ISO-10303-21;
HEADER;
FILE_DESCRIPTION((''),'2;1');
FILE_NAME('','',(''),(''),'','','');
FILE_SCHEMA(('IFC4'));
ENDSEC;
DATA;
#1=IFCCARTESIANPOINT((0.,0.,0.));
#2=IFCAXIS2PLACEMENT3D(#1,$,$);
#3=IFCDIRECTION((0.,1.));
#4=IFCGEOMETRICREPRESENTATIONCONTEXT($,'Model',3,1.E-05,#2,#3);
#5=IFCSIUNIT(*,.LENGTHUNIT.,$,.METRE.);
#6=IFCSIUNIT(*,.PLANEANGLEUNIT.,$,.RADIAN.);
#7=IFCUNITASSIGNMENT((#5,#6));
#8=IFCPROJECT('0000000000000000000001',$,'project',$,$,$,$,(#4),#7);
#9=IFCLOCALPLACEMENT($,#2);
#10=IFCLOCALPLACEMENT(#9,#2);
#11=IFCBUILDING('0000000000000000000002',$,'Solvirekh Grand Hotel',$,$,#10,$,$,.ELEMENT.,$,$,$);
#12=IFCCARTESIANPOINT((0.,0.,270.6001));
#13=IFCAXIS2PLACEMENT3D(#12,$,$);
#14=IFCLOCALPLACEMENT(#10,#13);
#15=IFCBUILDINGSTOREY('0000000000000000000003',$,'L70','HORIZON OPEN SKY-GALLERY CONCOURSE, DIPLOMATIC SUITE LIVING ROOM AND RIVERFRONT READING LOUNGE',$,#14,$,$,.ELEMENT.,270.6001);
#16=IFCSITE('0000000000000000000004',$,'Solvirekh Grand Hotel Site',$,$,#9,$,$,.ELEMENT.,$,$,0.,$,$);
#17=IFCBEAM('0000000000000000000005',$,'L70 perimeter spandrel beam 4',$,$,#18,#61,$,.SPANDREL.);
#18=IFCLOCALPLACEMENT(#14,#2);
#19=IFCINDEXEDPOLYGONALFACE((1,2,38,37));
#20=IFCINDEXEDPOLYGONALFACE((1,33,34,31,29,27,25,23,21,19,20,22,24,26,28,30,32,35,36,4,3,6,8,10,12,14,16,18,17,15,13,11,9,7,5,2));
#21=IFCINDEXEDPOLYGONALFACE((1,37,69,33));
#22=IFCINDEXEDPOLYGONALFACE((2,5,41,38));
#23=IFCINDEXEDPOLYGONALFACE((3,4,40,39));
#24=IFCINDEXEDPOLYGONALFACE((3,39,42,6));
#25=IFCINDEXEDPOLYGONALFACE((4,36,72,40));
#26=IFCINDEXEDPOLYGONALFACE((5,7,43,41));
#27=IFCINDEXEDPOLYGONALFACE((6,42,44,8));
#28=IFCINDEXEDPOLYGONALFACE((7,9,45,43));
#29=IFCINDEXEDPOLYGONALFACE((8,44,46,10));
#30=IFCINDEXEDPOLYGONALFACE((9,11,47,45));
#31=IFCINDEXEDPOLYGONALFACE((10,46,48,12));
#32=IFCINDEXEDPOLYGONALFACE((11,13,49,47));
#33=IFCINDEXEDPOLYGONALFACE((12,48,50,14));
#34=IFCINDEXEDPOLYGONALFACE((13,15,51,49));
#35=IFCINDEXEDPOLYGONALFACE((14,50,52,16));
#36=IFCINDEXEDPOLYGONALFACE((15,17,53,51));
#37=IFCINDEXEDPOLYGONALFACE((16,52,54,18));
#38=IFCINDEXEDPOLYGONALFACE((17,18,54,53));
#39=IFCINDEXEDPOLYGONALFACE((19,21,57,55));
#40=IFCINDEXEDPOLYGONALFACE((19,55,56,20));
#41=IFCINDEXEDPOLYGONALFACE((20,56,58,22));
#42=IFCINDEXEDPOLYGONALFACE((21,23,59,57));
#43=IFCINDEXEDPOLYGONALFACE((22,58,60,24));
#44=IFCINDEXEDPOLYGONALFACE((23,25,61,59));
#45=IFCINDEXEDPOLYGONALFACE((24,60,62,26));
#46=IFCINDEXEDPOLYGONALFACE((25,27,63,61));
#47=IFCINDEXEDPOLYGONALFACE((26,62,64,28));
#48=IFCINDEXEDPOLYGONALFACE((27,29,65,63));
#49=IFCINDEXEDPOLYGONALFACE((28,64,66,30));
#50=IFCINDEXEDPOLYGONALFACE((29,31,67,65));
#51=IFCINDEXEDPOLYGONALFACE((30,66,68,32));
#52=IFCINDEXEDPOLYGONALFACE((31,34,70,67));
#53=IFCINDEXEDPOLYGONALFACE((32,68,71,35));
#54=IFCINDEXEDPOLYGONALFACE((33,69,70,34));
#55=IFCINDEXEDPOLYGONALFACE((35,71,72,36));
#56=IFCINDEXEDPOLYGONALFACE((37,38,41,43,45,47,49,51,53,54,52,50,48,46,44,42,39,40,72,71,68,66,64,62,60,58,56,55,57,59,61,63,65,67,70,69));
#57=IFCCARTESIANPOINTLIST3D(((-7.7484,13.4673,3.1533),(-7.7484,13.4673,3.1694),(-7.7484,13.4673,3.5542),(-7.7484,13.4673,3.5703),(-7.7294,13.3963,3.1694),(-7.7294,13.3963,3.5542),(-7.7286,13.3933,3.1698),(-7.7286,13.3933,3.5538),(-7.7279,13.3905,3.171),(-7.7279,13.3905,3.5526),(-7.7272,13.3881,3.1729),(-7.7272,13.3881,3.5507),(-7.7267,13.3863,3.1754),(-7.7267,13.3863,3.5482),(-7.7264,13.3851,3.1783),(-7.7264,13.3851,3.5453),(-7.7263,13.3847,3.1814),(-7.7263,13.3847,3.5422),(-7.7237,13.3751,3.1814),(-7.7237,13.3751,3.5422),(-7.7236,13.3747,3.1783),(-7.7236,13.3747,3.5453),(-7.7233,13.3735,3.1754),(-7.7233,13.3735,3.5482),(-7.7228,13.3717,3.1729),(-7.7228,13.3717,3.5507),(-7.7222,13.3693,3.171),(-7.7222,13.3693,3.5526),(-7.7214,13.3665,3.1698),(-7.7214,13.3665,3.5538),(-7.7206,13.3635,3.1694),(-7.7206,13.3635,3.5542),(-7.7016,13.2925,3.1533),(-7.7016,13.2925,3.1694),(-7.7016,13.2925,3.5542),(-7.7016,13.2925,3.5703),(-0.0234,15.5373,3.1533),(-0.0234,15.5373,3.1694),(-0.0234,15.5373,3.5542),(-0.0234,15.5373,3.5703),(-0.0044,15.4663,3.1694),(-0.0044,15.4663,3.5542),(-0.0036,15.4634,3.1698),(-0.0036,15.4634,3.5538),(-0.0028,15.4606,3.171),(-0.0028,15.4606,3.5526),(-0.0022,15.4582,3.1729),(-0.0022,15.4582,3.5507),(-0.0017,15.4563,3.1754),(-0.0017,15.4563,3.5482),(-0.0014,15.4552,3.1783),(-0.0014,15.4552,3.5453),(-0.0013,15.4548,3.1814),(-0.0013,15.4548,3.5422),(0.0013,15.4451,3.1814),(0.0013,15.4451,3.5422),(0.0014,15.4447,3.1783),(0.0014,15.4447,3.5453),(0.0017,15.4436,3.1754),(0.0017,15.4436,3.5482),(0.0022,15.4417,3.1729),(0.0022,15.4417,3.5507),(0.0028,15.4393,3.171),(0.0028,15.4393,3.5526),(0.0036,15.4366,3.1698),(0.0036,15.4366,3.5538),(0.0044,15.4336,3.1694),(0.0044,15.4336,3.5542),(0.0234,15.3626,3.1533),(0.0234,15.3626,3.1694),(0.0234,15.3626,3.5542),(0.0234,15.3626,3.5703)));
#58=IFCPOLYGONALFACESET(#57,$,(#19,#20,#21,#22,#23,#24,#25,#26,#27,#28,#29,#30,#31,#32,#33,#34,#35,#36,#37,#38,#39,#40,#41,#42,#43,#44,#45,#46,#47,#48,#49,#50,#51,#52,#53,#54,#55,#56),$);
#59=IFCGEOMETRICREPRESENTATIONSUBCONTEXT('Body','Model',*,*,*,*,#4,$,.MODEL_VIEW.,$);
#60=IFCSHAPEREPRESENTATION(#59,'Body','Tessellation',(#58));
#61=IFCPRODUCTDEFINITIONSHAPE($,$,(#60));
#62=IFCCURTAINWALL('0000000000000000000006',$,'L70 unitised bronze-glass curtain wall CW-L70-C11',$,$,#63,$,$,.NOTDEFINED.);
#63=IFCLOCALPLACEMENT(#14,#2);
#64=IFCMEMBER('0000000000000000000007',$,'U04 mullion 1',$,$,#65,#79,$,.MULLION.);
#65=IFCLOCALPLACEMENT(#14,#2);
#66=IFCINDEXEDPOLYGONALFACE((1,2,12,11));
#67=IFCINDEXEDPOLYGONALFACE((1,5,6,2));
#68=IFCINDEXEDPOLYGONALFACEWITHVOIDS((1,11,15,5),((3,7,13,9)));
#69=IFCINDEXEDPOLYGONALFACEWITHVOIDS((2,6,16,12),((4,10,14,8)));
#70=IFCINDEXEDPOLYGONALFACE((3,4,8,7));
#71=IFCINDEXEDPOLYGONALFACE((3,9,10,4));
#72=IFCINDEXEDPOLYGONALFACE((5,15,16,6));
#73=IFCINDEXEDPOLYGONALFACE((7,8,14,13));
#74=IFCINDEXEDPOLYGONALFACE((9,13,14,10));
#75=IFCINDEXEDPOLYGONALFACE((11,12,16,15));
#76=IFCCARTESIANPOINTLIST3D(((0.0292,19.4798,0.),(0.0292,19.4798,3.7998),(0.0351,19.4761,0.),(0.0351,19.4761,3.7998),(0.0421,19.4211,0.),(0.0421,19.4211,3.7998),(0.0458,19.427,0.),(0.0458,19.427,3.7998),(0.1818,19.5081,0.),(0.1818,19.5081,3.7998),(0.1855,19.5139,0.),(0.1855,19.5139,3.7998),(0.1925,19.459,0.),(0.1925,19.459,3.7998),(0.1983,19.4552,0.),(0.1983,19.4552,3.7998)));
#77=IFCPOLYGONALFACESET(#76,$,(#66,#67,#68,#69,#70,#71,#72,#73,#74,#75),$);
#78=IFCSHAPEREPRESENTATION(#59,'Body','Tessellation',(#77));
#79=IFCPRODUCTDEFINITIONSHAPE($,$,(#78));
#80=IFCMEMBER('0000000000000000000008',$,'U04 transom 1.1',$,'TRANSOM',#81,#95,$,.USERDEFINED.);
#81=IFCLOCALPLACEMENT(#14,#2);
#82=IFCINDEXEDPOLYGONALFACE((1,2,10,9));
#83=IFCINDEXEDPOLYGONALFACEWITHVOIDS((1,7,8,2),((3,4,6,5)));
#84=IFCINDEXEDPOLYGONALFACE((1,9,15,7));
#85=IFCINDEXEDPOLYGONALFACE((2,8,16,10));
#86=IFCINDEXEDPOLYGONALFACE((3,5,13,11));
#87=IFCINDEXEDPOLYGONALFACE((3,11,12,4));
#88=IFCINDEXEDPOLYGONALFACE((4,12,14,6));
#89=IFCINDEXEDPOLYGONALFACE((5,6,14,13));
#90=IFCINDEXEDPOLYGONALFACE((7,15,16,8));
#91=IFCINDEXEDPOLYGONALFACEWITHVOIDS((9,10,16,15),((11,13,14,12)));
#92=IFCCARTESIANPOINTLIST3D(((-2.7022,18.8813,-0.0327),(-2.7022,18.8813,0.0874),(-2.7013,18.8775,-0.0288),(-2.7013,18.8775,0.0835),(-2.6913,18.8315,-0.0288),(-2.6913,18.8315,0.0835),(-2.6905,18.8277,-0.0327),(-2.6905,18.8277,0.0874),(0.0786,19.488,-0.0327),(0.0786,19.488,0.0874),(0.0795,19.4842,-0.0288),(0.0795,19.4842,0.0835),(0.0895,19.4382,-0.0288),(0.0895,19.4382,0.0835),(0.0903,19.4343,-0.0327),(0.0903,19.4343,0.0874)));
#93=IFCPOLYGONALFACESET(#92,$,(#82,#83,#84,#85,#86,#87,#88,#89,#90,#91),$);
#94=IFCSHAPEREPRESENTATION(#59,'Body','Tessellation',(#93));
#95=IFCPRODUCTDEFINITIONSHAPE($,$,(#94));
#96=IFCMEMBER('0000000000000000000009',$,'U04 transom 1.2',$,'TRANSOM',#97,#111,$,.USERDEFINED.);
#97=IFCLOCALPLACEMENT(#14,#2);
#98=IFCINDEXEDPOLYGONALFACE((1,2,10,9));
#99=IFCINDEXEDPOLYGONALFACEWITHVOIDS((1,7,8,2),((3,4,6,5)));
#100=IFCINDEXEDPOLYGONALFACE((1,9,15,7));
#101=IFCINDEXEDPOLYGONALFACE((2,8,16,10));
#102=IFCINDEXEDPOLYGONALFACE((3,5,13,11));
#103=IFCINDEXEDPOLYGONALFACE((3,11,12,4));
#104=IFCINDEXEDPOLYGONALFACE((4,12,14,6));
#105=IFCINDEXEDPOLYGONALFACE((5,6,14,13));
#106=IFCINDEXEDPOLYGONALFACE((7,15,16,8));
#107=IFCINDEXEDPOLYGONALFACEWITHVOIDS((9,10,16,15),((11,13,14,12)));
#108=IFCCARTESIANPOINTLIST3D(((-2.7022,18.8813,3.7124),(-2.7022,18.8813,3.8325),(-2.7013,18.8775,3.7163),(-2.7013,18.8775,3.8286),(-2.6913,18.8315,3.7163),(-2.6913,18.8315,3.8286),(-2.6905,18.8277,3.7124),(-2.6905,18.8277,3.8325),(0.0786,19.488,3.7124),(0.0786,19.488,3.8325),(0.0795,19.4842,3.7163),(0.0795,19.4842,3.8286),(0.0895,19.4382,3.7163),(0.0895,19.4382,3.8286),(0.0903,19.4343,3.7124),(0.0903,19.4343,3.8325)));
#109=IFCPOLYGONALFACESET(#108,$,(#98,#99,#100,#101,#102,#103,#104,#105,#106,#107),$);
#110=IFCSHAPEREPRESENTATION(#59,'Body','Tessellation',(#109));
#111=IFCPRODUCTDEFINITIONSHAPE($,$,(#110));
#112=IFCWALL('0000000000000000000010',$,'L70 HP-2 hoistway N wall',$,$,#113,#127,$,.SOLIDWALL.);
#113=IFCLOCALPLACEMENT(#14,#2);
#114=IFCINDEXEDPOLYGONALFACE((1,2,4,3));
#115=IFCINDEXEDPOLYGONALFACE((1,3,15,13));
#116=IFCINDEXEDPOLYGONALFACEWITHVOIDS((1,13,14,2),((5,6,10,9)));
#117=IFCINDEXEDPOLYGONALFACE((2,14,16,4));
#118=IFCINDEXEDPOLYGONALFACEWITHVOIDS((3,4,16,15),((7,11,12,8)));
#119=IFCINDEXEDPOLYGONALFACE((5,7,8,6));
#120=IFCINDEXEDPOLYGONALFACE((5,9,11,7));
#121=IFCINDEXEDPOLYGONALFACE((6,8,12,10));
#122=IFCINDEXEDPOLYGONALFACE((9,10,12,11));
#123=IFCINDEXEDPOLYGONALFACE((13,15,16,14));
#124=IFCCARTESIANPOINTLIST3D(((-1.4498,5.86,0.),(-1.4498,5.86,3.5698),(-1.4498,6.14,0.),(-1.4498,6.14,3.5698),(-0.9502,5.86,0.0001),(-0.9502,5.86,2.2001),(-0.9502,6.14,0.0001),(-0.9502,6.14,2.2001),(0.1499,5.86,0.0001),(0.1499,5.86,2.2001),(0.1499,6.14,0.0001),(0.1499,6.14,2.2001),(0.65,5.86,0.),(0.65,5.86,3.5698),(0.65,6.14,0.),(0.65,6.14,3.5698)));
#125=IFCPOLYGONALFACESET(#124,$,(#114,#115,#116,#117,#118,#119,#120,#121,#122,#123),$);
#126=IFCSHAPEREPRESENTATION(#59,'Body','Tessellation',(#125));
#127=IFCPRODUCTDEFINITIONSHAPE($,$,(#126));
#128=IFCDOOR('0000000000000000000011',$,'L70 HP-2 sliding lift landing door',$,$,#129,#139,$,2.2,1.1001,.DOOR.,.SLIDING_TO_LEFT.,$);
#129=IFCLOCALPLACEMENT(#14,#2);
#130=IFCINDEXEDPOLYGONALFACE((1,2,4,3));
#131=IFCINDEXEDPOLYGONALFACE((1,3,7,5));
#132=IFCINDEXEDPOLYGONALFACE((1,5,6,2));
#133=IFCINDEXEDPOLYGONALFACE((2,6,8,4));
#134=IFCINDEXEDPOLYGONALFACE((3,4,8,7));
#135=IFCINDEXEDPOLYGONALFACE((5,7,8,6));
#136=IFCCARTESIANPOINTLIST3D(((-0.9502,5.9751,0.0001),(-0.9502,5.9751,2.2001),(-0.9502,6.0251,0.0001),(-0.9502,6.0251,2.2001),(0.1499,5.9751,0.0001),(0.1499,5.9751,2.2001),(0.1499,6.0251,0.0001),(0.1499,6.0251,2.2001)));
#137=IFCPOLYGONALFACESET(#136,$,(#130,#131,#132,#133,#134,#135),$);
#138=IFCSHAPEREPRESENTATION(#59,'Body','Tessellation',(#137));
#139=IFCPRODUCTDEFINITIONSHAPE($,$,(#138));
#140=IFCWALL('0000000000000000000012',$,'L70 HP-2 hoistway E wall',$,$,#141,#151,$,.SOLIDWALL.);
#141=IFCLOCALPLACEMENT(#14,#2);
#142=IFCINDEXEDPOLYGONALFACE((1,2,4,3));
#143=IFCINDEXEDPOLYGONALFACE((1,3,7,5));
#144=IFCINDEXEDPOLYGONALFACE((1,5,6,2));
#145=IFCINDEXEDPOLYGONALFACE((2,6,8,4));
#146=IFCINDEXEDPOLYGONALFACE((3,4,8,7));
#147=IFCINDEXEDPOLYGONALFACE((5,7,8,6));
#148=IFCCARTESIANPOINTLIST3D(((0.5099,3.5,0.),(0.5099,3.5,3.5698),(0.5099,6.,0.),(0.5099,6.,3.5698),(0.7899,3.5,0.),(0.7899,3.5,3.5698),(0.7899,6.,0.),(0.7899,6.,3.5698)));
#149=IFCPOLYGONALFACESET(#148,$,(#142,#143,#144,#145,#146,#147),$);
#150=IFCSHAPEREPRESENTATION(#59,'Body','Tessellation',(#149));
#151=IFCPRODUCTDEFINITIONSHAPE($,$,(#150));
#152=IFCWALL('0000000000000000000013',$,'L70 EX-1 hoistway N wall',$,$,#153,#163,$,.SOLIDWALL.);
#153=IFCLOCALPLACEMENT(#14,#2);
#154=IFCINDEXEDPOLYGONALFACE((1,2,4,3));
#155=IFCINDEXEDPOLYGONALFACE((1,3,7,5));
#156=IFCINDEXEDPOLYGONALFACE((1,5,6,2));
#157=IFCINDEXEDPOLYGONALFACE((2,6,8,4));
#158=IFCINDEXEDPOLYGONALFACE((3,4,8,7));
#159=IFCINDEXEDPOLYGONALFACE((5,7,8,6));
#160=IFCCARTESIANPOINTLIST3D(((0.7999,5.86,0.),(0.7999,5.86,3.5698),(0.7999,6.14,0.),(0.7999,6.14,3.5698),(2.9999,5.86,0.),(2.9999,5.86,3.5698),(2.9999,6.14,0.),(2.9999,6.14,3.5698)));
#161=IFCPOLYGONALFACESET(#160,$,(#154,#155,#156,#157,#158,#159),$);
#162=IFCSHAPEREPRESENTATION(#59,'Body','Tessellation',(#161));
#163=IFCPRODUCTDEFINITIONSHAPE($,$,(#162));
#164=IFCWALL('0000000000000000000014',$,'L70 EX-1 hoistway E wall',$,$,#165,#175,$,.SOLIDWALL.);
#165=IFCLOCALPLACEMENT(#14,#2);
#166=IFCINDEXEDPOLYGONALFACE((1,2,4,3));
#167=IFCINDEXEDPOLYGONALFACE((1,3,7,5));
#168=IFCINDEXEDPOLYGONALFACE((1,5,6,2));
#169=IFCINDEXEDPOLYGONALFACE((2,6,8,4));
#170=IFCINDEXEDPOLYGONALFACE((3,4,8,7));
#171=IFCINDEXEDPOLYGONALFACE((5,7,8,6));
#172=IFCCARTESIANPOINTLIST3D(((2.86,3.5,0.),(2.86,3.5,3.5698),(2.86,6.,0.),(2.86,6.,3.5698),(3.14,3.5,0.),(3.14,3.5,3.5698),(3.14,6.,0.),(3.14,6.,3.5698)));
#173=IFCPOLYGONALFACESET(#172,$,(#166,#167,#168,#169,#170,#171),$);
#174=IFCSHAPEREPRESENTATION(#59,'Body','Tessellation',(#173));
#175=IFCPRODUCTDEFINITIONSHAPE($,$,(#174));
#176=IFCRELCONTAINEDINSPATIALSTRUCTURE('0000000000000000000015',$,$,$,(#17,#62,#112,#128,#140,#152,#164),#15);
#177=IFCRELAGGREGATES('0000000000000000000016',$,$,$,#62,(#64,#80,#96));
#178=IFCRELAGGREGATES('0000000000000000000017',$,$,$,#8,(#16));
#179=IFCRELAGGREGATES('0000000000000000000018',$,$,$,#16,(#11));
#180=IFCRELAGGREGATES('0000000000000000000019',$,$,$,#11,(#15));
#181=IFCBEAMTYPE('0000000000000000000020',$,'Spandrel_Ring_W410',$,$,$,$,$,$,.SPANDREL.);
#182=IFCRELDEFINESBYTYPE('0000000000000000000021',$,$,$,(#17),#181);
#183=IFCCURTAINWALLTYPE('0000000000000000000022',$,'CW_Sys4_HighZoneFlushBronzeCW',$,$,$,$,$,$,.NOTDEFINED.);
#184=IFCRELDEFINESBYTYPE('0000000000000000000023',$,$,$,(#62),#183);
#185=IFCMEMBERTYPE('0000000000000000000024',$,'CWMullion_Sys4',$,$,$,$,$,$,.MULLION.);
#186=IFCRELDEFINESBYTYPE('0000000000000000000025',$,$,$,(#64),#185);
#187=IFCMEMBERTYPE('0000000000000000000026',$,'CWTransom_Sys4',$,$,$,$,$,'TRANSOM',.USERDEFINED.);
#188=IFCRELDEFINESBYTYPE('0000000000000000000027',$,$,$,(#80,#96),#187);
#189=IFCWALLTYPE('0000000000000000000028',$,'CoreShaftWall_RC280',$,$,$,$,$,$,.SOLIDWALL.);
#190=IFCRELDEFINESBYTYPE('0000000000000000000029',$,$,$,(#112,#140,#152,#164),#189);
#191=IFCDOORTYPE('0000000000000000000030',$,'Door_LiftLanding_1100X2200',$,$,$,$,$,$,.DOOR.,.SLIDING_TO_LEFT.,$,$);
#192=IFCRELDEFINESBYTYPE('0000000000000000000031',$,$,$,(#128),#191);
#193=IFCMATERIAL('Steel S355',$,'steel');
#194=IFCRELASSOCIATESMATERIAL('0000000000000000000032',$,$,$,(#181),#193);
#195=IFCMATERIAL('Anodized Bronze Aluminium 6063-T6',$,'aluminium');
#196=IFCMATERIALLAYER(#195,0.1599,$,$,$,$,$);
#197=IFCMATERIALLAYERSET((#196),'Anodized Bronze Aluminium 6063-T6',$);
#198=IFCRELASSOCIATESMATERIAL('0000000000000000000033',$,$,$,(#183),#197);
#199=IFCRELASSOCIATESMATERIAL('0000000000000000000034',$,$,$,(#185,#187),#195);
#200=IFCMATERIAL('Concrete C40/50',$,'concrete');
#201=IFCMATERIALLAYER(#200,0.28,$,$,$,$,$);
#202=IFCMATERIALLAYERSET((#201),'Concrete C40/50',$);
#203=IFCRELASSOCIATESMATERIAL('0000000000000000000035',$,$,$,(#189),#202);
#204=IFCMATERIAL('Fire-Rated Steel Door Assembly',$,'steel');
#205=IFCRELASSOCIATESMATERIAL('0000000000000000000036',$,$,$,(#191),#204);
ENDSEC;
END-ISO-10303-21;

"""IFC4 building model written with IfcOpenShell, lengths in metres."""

from ifc_helpers import new_model, si_unit, direction, frame, frame_2d, origin, origin_2d, place, context, subcontext, project, spatial, rectangle, hollow_rectangle, i_section, extrude, source, transform, mapped, material, layer, layer_set, material_profile, profile_set, type_object, element, fill, aggregate, save


model = new_model("IFC4")

# Units and contexts
model_context = context("Model", 3, precision=1e-05, world=origin(), true_north=direction((0.0, 1.0)))
body_context = subcontext(model_context, "Body", "Model", "MODEL_VIEW")
ifc_project = project(units=[si_unit("LENGTHUNIT", "METRE"), si_unit("PLANEANGLEUNIT", "RADIAN")], contexts=[model_context])

# Site, building, storey
site_placement = place(None, origin())
site = spatial("IfcSite", under=ifc_project, at=site_placement, Name="Solvirekh Grand Hotel Site", CompositionType="ELEMENT", RefElevation=0.0)
building_placement = place(site_placement, origin())
building = spatial("IfcBuilding", under=site, at=building_placement, Name="Solvirekh Grand Hotel", CompositionType="ELEMENT")
storey_placement = place(building_placement, frame((0.0, 0.0, 270.6001)))
storey = spatial("IfcBuildingStorey", under=building, at=storey_placement, Name="L70", Description="HORIZON OPEN SKY-GALLERY CONCOURSE, DIPLOMATIC SUITE LIVING ROOM AND RIVERFRONT READING LOUNGE", CompositionType="ELEMENT", Elevation=270.6001)

# Beam
ifc_material_1 = material(Name="Steel S355", Category="steel")
ifc_material_profile_1 = material_profile(ifc_material_1, i_section(OverallWidth=0.1809, OverallDepth=0.417, WebThickness=0.01, FlangeThickness=0.0161, FilletRadius=0.012, at=origin_2d()), Name="W410X85")
ifc_profile_set_1 = profile_set([ifc_material_profile_1], Name="Steel S355")
beam_type = type_object("IfcBeamType", Name="Spandrel_Ring_W410", PredefinedType="SPANDREL", material=ifc_profile_set_1)
beam_placement = place(storey_placement, frame((0.0, 15.45, 3.3618), z_axis=(-0.965922, -0.258835, 0.0), x_axis=(0.258835, -0.965922, 0.0)))
element("IfcBeam", 1, at=beam_placement, inside=storey, type_object=beam_type, Name="L70 perimeter spandrel beam 4", PredefinedType="SPANDREL", context=body_context, shape_type="SweptSolid", body=[
    extrude(i_section(OverallWidth=0.1809, OverallDepth=0.417, WebThickness=0.01, FlangeThickness=0.0161, FilletRadius=0.012, at=origin_2d()), origin(), (0.0, 0.0, 1.0), 7.9976),
])

# Curtain wall, members
ifc_material_2 = material(Name="Anodized Bronze Aluminium 6063-T6", Category="aluminium")
ifc_layer_1 = layer(ifc_material_2, 0.1599)
ifc_layer_set_1 = layer_set([ifc_layer_1], Name="Anodized Bronze Aluminium 6063-T6")
curtain_wall_type = type_object("IfcCurtainWallType", Name="CW_Sys4_HighZoneFlushBronzeCW", PredefinedType="NOTDEFINED", material=ifc_layer_set_1)
curtain_wall_placement = place(storey_placement, origin())
curtain_wall = element("IfcCurtainWall", 2, at=curtain_wall_placement, inside=storey, type_object=curtain_wall_type, Name="L70 unitised bronze-glass curtain wall CW-L70-C11", PredefinedType="NOTDEFINED")
ifc_material_profile_2 = material_profile(ifc_material_2, hollow_rectangle(XDim=0.0601, YDim=0.1599, WallThickness=0.0049, at=origin_2d()), Name="ALU RHS 160X60X5")
ifc_profile_set_2 = profile_set([ifc_material_profile_2], Name="Anodized Bronze Aluminium 6063-T6")
member_type_1 = type_object("IfcMemberType", Name="CWMullion_Sys4", PredefinedType="MULLION", material=ifc_profile_set_2)
shared_shape_1 = source(origin(), body_context, "Body", "SweptSolid", [
    extrude(hollow_rectangle(XDim=0.0601, YDim=0.1599, WallThickness=0.0049, at=origin_2d()), origin(), (0.0, 0.0, 1.0), 3.7998),
])
member_1_placement = place(storey_placement, frame((0.1138, 19.4675, 0.0), z_axis=(0.0, 0.0, 1.0), x_axis=(0.213214, -0.977005, 0.0)))
member_1 = element("IfcMember", 3, at=member_1_placement, type_object=member_type_1, Name="U04 mullion 1", PredefinedType="MULLION", context=body_context, shape_type="MappedRepresentation", body=[
    mapped(shared_shape_1, transform((0.0, 0.0, 0.0), x_axis=(1.0, 0.0, 0.0), y_axis=(0.0, 1.0, 0.0), z_axis=(0.0, 0.0, 1.0), scale=1.0)),
])
ifc_material_profile_3 = material_profile(ifc_material_2, hollow_rectangle(XDim=0.0549, YDim=0.1201, WallThickness=0.0039, at=origin_2d()), Name="ALU RHS 120X55X4")
ifc_profile_set_3 = profile_set([ifc_material_profile_3], Name="Anodized Bronze Aluminium 6063-T6")
member_type_2 = type_object("IfcMemberType", Name="CWTransom_Sys4", ElementType="TRANSOM", PredefinedType="USERDEFINED", material=ifc_profile_set_3)
shared_shape_2 = source(origin(), body_context, "Body", "SweptSolid", [
    extrude(hollow_rectangle(XDim=0.0549, YDim=0.1201, WallThickness=0.0039, at=origin_2d()), origin(), (0.0, 0.0, 1.0), 2.8462),
])
member_2_placement = place(storey_placement, frame((0.0845, 19.4612, 0.0273), z_axis=(-0.977017, -0.21316, 0.0), x_axis=(0.21316, -0.977017, 0.0)))
member_2 = element("IfcMember", 4, at=member_2_placement, type_object=member_type_2, Name="U04 transom 1.1", ObjectType="TRANSOM", PredefinedType="USERDEFINED", context=body_context, shape_type="MappedRepresentation", body=[
    mapped(shared_shape_2, transform((0.0, 0.0, 0.0), x_axis=(1.0, 0.0, 0.0), y_axis=(0.0, 1.0, 0.0), z_axis=(0.0, 0.0, 1.0), scale=1.0)),
])
member_3_placement = place(storey_placement, frame((0.0845, 19.4612, 3.7725), z_axis=(-0.977017, -0.21316, 0.0), x_axis=(0.21316, -0.977017, 0.0)))
member_3 = element("IfcMember", 5, at=member_3_placement, type_object=member_type_2, Name="U04 transom 1.2", ObjectType="TRANSOM", PredefinedType="USERDEFINED", context=body_context, shape_type="MappedRepresentation", body=[
    mapped(shared_shape_2, transform((0.0, 0.0, 0.0), x_axis=(1.0, 0.0, 0.0), y_axis=(0.0, 1.0, 0.0), z_axis=(0.0, 0.0, 1.0), scale=1.0)),
])
aggregate(curtain_wall, [member_1, member_2, member_3])

# Wall, opening, door
ifc_material_3 = material(Name="Concrete C40/50", Category="concrete")
ifc_layer_2 = layer(ifc_material_3, 0.28)
ifc_layer_set_2 = layer_set([ifc_layer_2], Name="Concrete C40/50")
wall_type_1 = type_object("IfcWallType", Name="CoreShaftWall_RC280", PredefinedType="SOLIDWALL", material=ifc_layer_set_2)
wall_1_placement = place(storey_placement, frame((0.6499, 6.0, 0.0), z_axis=(0.0, 0.0, 1.0), x_axis=(-1.0, 0.0, 0.0)))
wall_1 = element("IfcWall", 6, at=wall_1_placement, inside=storey, type_object=wall_type_1, Name="L70 HP-2 hoistway N wall", PredefinedType="SOLIDWALL", context=body_context, shape_type="SweptSolid", body=[
    extrude(rectangle(XDim=2.0999, YDim=0.28, at=frame_2d((1.0498, 0.0))), origin(), (0.0, 0.0, 1.0), 3.5698),
])
opening_1_placement = place(wall_1_placement, frame((0.5, 0.0, 0.0)))
opening_1 = element("IfcOpeningElement", 7, at=opening_1_placement, cuts=wall_1, PredefinedType="OPENING", context=body_context, shape_type="SweptSolid", body=[
    extrude(rectangle(XDim=1.1001, YDim=2.2, at=frame_2d((0.55, 1.1001))), frame((0.0, 0.1499, 0.0), z_axis=(0.0, -1.0, 0.0), x_axis=(1.0, 0.0, 0.0)), (0.0, 0.0, 1.0), 0.3),
])
ifc_material_4 = material(Name="Fire-Rated Steel Door Assembly", Category="steel")
door_type_1 = type_object("IfcDoorType", Name="Door_LiftLanding_1100X2200", OperationType="SLIDING_TO_LEFT", PredefinedType="DOOR", material=ifc_material_4)
door_1_placement = place(opening_1_placement, origin())
door_1 = element("IfcDoor", 8, at=door_1_placement, inside=storey, type_object=door_type_1, Name="L70 HP-2 sliding lift landing door", OperationType="SLIDING_TO_LEFT", OverallHeight=2.2, OverallWidth=1.1001, PredefinedType="DOOR", context=body_context, shape_type="SweptSolid", body=[
    extrude(rectangle(XDim=1.1001, YDim=2.2, at=frame_2d((0.55, 1.1001))), frame((0.0, 0.0249, 0.0), z_axis=(0.0, -1.0, 0.0), x_axis=(1.0, 0.0, 0.0)), (0.0, 0.0, 1.0), 0.05),
])
fill(opening_1, door_1)

# Walls
wall_2_placement = place(storey_placement, frame((0.6499, 3.5, 0.0), z_axis=(0.0, 0.0, 1.0), x_axis=(0.0, 1.0, 0.0)))
element("IfcWall", 9, at=wall_2_placement, inside=storey, type_object=wall_type_1, Name="L70 HP-2 hoistway E wall", PredefinedType="SOLIDWALL", context=body_context, shape_type="SweptSolid", body=[
    extrude(rectangle(XDim=2.5, YDim=0.28, at=frame_2d((1.25, 0.0))), origin(), (0.0, 0.0, 1.0), 3.5698),
])
wall_3_placement = place(storey_placement, frame((3.0, 6.0, 0.0), z_axis=(0.0, 0.0, 1.0), x_axis=(-1.0, 0.0, 0.0)))
element("IfcWall", 10, at=wall_3_placement, inside=storey, type_object=wall_type_1, Name="L70 EX-1 hoistway N wall", PredefinedType="SOLIDWALL", context=body_context, shape_type="SweptSolid", body=[
    extrude(rectangle(XDim=2.2, YDim=0.28, at=frame_2d((1.1001, 0.0))), origin(), (0.0, 0.0, 1.0), 3.5698),
])
wall_4_placement = place(storey_placement, frame((3.0, 3.5, 0.0), z_axis=(0.0, 0.0, 1.0), x_axis=(0.0, 1.0, 0.0)))
element("IfcWall", 11, at=wall_4_placement, inside=storey, type_object=wall_type_1, Name="L70 EX-1 hoistway E wall", PredefinedType="SOLIDWALL", context=body_context, shape_type="SweptSolid", body=[
    extrude(rectangle(XDim=2.5, YDim=0.28, at=frame_2d((1.25, 0.0))), origin(), (0.0, 0.0, 1.0), 3.5698),
])

save(model, "model.ifc")
